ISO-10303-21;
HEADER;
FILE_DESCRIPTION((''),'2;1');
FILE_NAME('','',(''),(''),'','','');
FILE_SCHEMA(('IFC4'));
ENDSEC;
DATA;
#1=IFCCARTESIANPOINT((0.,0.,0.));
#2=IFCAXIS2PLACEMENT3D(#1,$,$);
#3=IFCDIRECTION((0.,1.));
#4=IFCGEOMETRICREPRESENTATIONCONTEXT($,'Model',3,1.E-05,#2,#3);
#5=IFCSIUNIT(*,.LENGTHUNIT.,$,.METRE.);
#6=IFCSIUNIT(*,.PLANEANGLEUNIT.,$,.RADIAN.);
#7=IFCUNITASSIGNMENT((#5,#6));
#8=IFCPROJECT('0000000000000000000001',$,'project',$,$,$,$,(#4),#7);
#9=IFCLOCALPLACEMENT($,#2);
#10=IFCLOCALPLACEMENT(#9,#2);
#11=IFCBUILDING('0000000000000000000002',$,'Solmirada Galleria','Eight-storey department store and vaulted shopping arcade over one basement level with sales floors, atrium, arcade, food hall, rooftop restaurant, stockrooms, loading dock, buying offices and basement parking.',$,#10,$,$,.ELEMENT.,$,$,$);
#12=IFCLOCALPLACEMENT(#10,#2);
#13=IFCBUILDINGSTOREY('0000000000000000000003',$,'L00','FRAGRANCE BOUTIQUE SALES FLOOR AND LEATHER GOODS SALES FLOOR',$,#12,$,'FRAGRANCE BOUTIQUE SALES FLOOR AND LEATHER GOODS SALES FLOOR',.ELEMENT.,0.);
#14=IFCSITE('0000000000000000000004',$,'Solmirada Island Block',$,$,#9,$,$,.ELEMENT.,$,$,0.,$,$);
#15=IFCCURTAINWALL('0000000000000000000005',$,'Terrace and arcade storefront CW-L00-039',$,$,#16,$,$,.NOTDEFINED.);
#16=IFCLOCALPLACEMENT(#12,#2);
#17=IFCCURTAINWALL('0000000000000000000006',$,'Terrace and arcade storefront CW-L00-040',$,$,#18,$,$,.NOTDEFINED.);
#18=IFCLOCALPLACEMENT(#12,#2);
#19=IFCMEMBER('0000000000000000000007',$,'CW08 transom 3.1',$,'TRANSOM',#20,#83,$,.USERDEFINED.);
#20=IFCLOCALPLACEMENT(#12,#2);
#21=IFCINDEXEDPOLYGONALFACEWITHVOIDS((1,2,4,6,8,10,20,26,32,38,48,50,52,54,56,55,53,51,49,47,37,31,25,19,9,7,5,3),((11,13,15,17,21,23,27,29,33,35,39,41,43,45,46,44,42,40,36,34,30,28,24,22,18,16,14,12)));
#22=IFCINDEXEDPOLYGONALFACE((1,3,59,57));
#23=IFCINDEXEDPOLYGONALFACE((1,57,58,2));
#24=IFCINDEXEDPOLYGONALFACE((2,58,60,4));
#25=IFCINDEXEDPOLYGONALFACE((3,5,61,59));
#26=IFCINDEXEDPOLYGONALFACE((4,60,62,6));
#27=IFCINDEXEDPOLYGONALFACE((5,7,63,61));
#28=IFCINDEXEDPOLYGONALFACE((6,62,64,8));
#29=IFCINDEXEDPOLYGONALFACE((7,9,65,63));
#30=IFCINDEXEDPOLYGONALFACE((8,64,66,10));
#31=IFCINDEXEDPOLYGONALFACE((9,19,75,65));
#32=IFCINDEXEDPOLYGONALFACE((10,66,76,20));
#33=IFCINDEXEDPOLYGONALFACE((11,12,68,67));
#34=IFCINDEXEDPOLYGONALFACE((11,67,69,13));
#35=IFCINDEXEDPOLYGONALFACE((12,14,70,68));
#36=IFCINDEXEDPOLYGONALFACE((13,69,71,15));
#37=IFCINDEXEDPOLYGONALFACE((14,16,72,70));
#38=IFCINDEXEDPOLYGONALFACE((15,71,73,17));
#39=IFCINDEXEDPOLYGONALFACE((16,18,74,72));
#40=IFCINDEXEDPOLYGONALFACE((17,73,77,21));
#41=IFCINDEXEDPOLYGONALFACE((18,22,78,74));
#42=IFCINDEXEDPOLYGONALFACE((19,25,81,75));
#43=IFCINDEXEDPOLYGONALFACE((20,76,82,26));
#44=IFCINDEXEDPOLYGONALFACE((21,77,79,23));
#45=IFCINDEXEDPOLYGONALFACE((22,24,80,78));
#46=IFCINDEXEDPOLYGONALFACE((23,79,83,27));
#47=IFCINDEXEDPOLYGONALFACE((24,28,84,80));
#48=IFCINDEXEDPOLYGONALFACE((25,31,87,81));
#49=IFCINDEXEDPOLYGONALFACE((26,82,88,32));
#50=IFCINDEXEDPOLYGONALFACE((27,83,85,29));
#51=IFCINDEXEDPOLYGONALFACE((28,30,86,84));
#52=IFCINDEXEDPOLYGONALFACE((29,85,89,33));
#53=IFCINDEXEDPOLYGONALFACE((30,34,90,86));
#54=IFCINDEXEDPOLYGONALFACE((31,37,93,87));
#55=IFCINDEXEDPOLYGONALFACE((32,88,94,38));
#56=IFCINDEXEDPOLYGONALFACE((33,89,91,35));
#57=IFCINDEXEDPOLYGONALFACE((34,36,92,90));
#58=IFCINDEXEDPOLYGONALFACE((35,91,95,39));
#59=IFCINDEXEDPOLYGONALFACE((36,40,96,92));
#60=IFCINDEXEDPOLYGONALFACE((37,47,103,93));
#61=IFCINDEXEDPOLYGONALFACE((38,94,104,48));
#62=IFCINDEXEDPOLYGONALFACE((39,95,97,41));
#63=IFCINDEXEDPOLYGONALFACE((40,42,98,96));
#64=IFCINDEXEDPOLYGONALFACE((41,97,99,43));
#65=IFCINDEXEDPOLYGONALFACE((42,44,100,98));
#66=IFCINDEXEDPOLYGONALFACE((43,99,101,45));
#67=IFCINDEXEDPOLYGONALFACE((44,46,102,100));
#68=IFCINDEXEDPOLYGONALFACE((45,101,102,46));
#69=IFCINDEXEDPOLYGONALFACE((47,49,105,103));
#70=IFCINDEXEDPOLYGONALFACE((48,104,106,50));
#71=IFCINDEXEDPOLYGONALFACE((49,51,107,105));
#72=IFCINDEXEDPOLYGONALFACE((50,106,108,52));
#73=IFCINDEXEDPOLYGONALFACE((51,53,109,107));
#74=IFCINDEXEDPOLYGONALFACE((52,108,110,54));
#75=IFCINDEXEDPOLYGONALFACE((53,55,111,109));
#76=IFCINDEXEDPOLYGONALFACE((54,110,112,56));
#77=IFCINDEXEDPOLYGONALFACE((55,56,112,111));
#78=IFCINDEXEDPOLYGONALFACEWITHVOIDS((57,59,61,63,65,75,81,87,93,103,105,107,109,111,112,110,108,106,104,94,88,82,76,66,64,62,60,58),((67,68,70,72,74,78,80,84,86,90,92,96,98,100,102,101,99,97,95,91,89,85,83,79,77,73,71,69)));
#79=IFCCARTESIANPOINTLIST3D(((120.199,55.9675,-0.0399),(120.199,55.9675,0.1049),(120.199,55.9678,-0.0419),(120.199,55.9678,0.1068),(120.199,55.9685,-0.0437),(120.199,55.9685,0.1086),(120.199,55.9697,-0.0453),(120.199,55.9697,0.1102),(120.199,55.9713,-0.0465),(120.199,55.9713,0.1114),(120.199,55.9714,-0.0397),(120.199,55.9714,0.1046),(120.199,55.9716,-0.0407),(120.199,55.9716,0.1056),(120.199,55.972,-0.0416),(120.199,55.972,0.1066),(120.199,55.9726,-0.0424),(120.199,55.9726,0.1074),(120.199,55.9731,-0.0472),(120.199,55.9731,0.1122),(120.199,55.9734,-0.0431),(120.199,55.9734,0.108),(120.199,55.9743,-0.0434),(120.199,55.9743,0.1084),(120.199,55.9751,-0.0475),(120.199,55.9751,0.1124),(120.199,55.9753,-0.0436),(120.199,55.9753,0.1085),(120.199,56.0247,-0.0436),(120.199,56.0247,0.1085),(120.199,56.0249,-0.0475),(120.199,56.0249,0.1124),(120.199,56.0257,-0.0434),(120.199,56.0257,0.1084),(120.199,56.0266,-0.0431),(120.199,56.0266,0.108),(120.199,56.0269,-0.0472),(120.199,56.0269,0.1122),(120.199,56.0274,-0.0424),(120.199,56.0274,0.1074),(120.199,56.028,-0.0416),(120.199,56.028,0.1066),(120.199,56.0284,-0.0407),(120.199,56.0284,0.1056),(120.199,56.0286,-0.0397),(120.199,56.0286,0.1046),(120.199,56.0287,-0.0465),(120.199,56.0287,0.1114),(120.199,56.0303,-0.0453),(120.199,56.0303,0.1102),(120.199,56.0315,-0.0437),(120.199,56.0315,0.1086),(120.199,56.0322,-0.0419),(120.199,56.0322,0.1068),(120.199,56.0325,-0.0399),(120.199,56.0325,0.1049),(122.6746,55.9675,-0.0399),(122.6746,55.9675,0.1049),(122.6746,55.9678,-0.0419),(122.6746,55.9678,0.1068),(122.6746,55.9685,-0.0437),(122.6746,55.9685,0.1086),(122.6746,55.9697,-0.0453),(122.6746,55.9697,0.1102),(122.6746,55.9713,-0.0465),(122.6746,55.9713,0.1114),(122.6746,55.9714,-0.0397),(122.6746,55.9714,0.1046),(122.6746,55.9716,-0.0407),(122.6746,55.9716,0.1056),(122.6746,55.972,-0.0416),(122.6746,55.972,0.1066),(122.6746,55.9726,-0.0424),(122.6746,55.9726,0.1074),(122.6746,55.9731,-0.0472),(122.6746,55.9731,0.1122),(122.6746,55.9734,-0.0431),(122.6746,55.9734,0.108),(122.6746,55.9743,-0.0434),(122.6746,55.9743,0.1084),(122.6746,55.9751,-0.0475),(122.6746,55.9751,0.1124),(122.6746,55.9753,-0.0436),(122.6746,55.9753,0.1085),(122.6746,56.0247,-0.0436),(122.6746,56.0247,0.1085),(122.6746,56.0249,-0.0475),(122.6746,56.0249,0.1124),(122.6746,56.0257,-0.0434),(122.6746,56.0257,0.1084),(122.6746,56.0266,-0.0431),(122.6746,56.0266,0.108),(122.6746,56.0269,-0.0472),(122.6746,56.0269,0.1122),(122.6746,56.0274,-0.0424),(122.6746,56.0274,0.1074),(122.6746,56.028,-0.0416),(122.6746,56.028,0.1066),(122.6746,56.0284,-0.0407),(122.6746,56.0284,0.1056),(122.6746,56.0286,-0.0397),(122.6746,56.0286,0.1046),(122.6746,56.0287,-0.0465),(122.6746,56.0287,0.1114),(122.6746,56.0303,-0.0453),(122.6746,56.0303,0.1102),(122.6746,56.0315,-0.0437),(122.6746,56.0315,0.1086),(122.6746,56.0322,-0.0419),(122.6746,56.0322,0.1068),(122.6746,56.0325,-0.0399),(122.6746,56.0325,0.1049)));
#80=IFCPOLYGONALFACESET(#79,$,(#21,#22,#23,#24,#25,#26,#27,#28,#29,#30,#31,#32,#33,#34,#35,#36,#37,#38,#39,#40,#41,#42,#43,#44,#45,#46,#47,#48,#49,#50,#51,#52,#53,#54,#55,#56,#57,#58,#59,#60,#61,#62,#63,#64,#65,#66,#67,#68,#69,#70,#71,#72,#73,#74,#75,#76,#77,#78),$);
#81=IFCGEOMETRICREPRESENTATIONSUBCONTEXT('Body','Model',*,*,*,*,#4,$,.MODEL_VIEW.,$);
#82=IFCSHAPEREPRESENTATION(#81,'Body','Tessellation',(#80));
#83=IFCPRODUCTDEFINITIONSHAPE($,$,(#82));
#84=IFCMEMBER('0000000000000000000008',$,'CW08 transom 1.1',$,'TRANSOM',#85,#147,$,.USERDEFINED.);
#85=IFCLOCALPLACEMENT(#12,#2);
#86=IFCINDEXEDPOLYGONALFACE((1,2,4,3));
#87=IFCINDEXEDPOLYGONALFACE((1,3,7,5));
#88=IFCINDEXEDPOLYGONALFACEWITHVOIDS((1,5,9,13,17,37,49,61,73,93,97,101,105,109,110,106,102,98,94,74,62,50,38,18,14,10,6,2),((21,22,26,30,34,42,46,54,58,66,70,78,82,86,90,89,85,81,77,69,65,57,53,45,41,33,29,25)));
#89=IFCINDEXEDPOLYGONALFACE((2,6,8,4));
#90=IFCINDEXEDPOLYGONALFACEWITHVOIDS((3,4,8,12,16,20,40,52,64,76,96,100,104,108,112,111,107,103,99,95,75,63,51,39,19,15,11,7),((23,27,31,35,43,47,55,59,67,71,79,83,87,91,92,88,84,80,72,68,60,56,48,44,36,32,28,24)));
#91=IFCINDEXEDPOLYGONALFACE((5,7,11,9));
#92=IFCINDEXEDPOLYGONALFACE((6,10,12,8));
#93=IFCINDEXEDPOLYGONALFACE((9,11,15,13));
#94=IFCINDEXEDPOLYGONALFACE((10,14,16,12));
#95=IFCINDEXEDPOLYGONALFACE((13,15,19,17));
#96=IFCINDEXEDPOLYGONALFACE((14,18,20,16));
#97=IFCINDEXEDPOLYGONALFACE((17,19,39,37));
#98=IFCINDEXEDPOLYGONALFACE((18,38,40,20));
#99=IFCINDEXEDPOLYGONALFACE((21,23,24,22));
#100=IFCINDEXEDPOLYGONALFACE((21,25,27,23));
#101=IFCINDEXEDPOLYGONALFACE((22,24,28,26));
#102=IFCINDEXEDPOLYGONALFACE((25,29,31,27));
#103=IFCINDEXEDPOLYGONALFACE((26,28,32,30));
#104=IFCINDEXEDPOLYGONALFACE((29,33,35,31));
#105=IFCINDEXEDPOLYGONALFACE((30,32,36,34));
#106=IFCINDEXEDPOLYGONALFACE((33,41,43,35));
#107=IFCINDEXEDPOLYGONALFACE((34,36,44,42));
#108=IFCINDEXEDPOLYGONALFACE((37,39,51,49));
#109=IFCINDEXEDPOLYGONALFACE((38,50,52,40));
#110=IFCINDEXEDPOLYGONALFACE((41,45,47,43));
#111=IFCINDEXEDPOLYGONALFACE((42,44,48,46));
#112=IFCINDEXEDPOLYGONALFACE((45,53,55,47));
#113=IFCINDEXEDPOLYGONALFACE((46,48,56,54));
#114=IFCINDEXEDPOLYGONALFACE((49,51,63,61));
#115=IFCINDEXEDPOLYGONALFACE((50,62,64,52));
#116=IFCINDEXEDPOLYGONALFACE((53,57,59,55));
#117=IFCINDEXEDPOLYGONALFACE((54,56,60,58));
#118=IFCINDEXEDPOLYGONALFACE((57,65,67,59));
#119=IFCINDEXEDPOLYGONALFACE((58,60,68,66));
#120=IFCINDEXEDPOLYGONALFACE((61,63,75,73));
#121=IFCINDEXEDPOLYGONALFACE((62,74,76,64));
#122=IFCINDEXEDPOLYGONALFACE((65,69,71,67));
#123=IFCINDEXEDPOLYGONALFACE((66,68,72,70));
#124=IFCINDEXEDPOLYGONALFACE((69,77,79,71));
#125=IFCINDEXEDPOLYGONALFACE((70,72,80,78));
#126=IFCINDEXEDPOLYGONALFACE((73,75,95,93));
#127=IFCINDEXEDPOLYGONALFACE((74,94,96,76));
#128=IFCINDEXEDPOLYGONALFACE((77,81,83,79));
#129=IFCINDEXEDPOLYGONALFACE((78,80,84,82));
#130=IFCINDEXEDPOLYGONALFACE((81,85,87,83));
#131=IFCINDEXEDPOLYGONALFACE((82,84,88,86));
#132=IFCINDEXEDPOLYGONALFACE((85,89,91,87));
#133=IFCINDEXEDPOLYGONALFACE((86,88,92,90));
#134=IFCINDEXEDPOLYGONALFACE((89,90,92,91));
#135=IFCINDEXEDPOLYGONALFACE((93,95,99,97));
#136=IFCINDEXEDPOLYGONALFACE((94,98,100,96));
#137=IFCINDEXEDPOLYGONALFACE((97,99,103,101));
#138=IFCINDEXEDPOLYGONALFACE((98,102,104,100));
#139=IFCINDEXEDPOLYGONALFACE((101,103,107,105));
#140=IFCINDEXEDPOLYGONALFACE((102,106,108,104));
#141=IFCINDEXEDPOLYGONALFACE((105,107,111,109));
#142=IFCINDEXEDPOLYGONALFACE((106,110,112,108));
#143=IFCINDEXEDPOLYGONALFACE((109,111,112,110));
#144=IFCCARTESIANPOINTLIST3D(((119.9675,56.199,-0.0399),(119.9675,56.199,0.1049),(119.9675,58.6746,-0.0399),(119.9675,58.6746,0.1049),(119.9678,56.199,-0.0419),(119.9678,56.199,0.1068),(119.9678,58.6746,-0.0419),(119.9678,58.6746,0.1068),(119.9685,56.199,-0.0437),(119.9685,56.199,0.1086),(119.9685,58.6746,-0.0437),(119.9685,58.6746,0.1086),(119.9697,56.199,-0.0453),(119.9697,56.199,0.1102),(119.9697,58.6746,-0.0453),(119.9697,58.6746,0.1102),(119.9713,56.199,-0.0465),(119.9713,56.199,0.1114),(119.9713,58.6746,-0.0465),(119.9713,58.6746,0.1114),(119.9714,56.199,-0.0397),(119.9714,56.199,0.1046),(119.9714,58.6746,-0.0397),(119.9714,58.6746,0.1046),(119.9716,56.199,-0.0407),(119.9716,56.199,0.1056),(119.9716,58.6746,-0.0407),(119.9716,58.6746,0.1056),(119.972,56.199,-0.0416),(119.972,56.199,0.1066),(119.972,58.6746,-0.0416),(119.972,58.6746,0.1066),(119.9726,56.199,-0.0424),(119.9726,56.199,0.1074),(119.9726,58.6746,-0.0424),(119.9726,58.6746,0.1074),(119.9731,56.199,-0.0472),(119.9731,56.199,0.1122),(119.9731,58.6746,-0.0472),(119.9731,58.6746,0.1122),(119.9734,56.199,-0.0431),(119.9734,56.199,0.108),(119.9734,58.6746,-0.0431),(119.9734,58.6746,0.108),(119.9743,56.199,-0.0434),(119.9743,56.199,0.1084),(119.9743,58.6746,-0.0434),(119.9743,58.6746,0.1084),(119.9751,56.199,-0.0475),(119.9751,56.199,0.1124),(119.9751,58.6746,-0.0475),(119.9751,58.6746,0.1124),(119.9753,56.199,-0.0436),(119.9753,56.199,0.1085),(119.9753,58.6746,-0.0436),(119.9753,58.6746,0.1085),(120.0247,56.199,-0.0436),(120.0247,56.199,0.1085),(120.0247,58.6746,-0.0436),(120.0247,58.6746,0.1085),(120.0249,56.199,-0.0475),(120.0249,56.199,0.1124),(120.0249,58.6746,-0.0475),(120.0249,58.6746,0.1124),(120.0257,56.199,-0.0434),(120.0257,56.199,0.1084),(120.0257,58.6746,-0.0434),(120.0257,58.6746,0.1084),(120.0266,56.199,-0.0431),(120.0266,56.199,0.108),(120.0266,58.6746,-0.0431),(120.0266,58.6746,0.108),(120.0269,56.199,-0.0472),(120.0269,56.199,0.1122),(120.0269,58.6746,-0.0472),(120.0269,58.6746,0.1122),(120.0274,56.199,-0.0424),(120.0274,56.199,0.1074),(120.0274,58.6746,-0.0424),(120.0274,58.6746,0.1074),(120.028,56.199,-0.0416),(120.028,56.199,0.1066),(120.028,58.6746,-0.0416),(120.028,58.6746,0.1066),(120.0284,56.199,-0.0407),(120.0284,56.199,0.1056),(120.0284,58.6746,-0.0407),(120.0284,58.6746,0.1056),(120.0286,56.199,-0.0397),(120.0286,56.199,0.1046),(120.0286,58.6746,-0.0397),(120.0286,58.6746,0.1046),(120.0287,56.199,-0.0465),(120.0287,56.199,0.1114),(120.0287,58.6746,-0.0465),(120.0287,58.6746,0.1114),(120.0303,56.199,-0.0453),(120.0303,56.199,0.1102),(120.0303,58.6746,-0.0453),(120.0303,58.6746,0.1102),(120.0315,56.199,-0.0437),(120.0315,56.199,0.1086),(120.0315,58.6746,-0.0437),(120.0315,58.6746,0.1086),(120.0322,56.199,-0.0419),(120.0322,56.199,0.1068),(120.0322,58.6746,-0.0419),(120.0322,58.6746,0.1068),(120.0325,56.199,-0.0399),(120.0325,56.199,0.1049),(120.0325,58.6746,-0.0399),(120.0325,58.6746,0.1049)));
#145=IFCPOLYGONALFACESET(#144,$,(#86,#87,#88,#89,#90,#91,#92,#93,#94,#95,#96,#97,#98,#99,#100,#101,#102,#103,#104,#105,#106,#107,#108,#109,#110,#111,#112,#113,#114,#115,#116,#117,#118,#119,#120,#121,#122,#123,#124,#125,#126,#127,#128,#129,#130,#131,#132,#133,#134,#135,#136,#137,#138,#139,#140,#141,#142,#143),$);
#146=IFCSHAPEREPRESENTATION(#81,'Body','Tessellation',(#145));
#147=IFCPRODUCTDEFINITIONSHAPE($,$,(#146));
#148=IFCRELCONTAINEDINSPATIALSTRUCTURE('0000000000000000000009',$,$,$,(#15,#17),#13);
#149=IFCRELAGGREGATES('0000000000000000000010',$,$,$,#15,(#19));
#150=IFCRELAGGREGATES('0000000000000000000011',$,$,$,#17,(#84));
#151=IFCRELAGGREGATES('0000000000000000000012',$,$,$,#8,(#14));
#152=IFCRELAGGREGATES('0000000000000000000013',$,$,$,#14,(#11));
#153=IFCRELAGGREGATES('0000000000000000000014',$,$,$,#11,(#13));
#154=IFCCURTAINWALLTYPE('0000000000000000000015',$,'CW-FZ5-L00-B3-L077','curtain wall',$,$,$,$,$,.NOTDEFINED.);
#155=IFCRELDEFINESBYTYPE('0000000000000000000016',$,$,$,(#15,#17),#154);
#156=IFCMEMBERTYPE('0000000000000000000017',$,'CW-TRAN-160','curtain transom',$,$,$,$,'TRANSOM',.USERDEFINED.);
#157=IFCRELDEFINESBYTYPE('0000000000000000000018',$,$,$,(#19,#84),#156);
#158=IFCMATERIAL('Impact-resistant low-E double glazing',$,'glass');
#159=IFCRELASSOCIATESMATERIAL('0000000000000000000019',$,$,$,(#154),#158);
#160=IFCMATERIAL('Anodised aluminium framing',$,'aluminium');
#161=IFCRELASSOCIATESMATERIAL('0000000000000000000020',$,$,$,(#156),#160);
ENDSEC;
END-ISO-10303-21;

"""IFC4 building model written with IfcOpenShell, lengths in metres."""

from ifc_helpers import new_model, si_unit, direction, frame, origin, origin_2d, place, context, subcontext, project, spatial, hollow_rectangle, extrude, material, material_profile, profile_set, type_object, element, aggregate, save


model = new_model("IFC4")

# Units and contexts
model_context = context("Model", 3, precision=1e-05, world=origin(), true_north=direction((0.0, 1.0)))
body_context = subcontext(model_context, "Body", "Model", "MODEL_VIEW")
ifc_project = project(units=[si_unit("LENGTHUNIT", "METRE"), si_unit("PLANEANGLEUNIT", "RADIAN")], contexts=[model_context])

# Site, building, storey
site_placement = place(None, origin())
site = spatial("IfcSite", under=ifc_project, at=site_placement, Name="Solmirada Island Block", CompositionType="ELEMENT", RefElevation=0.0)
building_placement = place(site_placement, origin())
building = spatial("IfcBuilding", under=site, at=building_placement, Name="Solmirada Galleria", Description="Eight-storey department store and vaulted shopping arcade over one basement level with sales floors, atrium, arcade, food hall, rooftop restaurant, stockrooms, loading dock, buying offices and basement parking.", CompositionType="ELEMENT")
storey_placement = place(building_placement, origin())
storey = spatial("IfcBuildingStorey", under=building, at=storey_placement, Name="L00", Description="FRAGRANCE BOUTIQUE SALES FLOOR AND LEATHER GOODS SALES FLOOR", LongName="FRAGRANCE BOUTIQUE SALES FLOOR AND LEATHER GOODS SALES FLOOR", CompositionType="ELEMENT", Elevation=0.0)

# Curtain wall
ifc_material_1 = material(Name="Impact-resistant low-E double glazing", Category="glass")
ifc_material_2 = material(Name="Anodised aluminium framing", Category="aluminium")
curtain_wall_type_1 = type_object("IfcCurtainWallType", Name="CW-FZ5-L00-B3-L077", Description="curtain wall", PredefinedType="NOTDEFINED", material=ifc_material_1)
curtain_wall_1_placement = place(storey_placement, origin())
curtain_wall_1 = element("IfcCurtainWall", 1, at=curtain_wall_1_placement, inside=storey, type_object=curtain_wall_type_1, Name="Terrace and arcade storefront CW-L00-039", PredefinedType="NOTDEFINED")

# Curtain wall
curtain_wall_2_placement = place(storey_placement, origin())
curtain_wall_2 = element("IfcCurtainWall", 2, at=curtain_wall_2_placement, inside=storey, type_object=curtain_wall_type_1, Name="Terrace and arcade storefront CW-L00-040", PredefinedType="NOTDEFINED")

# Shared definitions
ifc_material_profile_1 = material_profile(ifc_material_2, hollow_rectangle(XDim=0.0649, YDim=0.1599, WallThickness=0.0039, InnerFilletRadius=0.0039, OuterFilletRadius=0.0076, at=origin_2d()), Name="ALU-TRAN-160X65")
ifc_profile_set_1 = profile_set([ifc_material_profile_1], Name="Anodised aluminium framing")
member_type_1 = type_object("IfcMemberType", Name="CW-TRAN-160", Description="curtain transom", ElementType="TRANSOM", PredefinedType="USERDEFINED", material=ifc_profile_set_1)

# Members
member_1_placement = place(storey_placement, frame((122.6746, 56.0, 0.0325), z_axis=(-1.0, 0.0, 0.0), x_axis=(0.0, -1.0, 0.0)))
member_1 = element("IfcMember", 3, at=member_1_placement, type_object=member_type_1, Name="CW08 transom 3.1", ObjectType="TRANSOM", PredefinedType="USERDEFINED", context=body_context, shape_type="SweptSolid", body=[
    extrude(hollow_rectangle(XDim=0.0649, YDim=0.1599, WallThickness=0.0039, InnerFilletRadius=0.0039, OuterFilletRadius=0.0076, at=origin_2d()), origin(), (0.0, 0.0, 1.0), 2.4756),
])
member_2_placement = place(storey_placement, frame((120.0, 56.199, 0.0325), z_axis=(0.0, 1.0, 0.0), x_axis=(-1.0, 0.0, 0.0)))
member_2 = element("IfcMember", 4, at=member_2_placement, type_object=member_type_1, Name="CW08 transom 1.1", ObjectType="TRANSOM", PredefinedType="USERDEFINED", context=body_context, shape_type="SweptSolid", body=[
    extrude(hollow_rectangle(XDim=0.0649, YDim=0.1599, WallThickness=0.0039, InnerFilletRadius=0.0039, OuterFilletRadius=0.0076, at=origin_2d()), origin(), (0.0, 0.0, 1.0), 2.4756),
])

aggregate(curtain_wall_1, [member_1])
aggregate(curtain_wall_2, [member_2])

save(model, "model.ifc")
